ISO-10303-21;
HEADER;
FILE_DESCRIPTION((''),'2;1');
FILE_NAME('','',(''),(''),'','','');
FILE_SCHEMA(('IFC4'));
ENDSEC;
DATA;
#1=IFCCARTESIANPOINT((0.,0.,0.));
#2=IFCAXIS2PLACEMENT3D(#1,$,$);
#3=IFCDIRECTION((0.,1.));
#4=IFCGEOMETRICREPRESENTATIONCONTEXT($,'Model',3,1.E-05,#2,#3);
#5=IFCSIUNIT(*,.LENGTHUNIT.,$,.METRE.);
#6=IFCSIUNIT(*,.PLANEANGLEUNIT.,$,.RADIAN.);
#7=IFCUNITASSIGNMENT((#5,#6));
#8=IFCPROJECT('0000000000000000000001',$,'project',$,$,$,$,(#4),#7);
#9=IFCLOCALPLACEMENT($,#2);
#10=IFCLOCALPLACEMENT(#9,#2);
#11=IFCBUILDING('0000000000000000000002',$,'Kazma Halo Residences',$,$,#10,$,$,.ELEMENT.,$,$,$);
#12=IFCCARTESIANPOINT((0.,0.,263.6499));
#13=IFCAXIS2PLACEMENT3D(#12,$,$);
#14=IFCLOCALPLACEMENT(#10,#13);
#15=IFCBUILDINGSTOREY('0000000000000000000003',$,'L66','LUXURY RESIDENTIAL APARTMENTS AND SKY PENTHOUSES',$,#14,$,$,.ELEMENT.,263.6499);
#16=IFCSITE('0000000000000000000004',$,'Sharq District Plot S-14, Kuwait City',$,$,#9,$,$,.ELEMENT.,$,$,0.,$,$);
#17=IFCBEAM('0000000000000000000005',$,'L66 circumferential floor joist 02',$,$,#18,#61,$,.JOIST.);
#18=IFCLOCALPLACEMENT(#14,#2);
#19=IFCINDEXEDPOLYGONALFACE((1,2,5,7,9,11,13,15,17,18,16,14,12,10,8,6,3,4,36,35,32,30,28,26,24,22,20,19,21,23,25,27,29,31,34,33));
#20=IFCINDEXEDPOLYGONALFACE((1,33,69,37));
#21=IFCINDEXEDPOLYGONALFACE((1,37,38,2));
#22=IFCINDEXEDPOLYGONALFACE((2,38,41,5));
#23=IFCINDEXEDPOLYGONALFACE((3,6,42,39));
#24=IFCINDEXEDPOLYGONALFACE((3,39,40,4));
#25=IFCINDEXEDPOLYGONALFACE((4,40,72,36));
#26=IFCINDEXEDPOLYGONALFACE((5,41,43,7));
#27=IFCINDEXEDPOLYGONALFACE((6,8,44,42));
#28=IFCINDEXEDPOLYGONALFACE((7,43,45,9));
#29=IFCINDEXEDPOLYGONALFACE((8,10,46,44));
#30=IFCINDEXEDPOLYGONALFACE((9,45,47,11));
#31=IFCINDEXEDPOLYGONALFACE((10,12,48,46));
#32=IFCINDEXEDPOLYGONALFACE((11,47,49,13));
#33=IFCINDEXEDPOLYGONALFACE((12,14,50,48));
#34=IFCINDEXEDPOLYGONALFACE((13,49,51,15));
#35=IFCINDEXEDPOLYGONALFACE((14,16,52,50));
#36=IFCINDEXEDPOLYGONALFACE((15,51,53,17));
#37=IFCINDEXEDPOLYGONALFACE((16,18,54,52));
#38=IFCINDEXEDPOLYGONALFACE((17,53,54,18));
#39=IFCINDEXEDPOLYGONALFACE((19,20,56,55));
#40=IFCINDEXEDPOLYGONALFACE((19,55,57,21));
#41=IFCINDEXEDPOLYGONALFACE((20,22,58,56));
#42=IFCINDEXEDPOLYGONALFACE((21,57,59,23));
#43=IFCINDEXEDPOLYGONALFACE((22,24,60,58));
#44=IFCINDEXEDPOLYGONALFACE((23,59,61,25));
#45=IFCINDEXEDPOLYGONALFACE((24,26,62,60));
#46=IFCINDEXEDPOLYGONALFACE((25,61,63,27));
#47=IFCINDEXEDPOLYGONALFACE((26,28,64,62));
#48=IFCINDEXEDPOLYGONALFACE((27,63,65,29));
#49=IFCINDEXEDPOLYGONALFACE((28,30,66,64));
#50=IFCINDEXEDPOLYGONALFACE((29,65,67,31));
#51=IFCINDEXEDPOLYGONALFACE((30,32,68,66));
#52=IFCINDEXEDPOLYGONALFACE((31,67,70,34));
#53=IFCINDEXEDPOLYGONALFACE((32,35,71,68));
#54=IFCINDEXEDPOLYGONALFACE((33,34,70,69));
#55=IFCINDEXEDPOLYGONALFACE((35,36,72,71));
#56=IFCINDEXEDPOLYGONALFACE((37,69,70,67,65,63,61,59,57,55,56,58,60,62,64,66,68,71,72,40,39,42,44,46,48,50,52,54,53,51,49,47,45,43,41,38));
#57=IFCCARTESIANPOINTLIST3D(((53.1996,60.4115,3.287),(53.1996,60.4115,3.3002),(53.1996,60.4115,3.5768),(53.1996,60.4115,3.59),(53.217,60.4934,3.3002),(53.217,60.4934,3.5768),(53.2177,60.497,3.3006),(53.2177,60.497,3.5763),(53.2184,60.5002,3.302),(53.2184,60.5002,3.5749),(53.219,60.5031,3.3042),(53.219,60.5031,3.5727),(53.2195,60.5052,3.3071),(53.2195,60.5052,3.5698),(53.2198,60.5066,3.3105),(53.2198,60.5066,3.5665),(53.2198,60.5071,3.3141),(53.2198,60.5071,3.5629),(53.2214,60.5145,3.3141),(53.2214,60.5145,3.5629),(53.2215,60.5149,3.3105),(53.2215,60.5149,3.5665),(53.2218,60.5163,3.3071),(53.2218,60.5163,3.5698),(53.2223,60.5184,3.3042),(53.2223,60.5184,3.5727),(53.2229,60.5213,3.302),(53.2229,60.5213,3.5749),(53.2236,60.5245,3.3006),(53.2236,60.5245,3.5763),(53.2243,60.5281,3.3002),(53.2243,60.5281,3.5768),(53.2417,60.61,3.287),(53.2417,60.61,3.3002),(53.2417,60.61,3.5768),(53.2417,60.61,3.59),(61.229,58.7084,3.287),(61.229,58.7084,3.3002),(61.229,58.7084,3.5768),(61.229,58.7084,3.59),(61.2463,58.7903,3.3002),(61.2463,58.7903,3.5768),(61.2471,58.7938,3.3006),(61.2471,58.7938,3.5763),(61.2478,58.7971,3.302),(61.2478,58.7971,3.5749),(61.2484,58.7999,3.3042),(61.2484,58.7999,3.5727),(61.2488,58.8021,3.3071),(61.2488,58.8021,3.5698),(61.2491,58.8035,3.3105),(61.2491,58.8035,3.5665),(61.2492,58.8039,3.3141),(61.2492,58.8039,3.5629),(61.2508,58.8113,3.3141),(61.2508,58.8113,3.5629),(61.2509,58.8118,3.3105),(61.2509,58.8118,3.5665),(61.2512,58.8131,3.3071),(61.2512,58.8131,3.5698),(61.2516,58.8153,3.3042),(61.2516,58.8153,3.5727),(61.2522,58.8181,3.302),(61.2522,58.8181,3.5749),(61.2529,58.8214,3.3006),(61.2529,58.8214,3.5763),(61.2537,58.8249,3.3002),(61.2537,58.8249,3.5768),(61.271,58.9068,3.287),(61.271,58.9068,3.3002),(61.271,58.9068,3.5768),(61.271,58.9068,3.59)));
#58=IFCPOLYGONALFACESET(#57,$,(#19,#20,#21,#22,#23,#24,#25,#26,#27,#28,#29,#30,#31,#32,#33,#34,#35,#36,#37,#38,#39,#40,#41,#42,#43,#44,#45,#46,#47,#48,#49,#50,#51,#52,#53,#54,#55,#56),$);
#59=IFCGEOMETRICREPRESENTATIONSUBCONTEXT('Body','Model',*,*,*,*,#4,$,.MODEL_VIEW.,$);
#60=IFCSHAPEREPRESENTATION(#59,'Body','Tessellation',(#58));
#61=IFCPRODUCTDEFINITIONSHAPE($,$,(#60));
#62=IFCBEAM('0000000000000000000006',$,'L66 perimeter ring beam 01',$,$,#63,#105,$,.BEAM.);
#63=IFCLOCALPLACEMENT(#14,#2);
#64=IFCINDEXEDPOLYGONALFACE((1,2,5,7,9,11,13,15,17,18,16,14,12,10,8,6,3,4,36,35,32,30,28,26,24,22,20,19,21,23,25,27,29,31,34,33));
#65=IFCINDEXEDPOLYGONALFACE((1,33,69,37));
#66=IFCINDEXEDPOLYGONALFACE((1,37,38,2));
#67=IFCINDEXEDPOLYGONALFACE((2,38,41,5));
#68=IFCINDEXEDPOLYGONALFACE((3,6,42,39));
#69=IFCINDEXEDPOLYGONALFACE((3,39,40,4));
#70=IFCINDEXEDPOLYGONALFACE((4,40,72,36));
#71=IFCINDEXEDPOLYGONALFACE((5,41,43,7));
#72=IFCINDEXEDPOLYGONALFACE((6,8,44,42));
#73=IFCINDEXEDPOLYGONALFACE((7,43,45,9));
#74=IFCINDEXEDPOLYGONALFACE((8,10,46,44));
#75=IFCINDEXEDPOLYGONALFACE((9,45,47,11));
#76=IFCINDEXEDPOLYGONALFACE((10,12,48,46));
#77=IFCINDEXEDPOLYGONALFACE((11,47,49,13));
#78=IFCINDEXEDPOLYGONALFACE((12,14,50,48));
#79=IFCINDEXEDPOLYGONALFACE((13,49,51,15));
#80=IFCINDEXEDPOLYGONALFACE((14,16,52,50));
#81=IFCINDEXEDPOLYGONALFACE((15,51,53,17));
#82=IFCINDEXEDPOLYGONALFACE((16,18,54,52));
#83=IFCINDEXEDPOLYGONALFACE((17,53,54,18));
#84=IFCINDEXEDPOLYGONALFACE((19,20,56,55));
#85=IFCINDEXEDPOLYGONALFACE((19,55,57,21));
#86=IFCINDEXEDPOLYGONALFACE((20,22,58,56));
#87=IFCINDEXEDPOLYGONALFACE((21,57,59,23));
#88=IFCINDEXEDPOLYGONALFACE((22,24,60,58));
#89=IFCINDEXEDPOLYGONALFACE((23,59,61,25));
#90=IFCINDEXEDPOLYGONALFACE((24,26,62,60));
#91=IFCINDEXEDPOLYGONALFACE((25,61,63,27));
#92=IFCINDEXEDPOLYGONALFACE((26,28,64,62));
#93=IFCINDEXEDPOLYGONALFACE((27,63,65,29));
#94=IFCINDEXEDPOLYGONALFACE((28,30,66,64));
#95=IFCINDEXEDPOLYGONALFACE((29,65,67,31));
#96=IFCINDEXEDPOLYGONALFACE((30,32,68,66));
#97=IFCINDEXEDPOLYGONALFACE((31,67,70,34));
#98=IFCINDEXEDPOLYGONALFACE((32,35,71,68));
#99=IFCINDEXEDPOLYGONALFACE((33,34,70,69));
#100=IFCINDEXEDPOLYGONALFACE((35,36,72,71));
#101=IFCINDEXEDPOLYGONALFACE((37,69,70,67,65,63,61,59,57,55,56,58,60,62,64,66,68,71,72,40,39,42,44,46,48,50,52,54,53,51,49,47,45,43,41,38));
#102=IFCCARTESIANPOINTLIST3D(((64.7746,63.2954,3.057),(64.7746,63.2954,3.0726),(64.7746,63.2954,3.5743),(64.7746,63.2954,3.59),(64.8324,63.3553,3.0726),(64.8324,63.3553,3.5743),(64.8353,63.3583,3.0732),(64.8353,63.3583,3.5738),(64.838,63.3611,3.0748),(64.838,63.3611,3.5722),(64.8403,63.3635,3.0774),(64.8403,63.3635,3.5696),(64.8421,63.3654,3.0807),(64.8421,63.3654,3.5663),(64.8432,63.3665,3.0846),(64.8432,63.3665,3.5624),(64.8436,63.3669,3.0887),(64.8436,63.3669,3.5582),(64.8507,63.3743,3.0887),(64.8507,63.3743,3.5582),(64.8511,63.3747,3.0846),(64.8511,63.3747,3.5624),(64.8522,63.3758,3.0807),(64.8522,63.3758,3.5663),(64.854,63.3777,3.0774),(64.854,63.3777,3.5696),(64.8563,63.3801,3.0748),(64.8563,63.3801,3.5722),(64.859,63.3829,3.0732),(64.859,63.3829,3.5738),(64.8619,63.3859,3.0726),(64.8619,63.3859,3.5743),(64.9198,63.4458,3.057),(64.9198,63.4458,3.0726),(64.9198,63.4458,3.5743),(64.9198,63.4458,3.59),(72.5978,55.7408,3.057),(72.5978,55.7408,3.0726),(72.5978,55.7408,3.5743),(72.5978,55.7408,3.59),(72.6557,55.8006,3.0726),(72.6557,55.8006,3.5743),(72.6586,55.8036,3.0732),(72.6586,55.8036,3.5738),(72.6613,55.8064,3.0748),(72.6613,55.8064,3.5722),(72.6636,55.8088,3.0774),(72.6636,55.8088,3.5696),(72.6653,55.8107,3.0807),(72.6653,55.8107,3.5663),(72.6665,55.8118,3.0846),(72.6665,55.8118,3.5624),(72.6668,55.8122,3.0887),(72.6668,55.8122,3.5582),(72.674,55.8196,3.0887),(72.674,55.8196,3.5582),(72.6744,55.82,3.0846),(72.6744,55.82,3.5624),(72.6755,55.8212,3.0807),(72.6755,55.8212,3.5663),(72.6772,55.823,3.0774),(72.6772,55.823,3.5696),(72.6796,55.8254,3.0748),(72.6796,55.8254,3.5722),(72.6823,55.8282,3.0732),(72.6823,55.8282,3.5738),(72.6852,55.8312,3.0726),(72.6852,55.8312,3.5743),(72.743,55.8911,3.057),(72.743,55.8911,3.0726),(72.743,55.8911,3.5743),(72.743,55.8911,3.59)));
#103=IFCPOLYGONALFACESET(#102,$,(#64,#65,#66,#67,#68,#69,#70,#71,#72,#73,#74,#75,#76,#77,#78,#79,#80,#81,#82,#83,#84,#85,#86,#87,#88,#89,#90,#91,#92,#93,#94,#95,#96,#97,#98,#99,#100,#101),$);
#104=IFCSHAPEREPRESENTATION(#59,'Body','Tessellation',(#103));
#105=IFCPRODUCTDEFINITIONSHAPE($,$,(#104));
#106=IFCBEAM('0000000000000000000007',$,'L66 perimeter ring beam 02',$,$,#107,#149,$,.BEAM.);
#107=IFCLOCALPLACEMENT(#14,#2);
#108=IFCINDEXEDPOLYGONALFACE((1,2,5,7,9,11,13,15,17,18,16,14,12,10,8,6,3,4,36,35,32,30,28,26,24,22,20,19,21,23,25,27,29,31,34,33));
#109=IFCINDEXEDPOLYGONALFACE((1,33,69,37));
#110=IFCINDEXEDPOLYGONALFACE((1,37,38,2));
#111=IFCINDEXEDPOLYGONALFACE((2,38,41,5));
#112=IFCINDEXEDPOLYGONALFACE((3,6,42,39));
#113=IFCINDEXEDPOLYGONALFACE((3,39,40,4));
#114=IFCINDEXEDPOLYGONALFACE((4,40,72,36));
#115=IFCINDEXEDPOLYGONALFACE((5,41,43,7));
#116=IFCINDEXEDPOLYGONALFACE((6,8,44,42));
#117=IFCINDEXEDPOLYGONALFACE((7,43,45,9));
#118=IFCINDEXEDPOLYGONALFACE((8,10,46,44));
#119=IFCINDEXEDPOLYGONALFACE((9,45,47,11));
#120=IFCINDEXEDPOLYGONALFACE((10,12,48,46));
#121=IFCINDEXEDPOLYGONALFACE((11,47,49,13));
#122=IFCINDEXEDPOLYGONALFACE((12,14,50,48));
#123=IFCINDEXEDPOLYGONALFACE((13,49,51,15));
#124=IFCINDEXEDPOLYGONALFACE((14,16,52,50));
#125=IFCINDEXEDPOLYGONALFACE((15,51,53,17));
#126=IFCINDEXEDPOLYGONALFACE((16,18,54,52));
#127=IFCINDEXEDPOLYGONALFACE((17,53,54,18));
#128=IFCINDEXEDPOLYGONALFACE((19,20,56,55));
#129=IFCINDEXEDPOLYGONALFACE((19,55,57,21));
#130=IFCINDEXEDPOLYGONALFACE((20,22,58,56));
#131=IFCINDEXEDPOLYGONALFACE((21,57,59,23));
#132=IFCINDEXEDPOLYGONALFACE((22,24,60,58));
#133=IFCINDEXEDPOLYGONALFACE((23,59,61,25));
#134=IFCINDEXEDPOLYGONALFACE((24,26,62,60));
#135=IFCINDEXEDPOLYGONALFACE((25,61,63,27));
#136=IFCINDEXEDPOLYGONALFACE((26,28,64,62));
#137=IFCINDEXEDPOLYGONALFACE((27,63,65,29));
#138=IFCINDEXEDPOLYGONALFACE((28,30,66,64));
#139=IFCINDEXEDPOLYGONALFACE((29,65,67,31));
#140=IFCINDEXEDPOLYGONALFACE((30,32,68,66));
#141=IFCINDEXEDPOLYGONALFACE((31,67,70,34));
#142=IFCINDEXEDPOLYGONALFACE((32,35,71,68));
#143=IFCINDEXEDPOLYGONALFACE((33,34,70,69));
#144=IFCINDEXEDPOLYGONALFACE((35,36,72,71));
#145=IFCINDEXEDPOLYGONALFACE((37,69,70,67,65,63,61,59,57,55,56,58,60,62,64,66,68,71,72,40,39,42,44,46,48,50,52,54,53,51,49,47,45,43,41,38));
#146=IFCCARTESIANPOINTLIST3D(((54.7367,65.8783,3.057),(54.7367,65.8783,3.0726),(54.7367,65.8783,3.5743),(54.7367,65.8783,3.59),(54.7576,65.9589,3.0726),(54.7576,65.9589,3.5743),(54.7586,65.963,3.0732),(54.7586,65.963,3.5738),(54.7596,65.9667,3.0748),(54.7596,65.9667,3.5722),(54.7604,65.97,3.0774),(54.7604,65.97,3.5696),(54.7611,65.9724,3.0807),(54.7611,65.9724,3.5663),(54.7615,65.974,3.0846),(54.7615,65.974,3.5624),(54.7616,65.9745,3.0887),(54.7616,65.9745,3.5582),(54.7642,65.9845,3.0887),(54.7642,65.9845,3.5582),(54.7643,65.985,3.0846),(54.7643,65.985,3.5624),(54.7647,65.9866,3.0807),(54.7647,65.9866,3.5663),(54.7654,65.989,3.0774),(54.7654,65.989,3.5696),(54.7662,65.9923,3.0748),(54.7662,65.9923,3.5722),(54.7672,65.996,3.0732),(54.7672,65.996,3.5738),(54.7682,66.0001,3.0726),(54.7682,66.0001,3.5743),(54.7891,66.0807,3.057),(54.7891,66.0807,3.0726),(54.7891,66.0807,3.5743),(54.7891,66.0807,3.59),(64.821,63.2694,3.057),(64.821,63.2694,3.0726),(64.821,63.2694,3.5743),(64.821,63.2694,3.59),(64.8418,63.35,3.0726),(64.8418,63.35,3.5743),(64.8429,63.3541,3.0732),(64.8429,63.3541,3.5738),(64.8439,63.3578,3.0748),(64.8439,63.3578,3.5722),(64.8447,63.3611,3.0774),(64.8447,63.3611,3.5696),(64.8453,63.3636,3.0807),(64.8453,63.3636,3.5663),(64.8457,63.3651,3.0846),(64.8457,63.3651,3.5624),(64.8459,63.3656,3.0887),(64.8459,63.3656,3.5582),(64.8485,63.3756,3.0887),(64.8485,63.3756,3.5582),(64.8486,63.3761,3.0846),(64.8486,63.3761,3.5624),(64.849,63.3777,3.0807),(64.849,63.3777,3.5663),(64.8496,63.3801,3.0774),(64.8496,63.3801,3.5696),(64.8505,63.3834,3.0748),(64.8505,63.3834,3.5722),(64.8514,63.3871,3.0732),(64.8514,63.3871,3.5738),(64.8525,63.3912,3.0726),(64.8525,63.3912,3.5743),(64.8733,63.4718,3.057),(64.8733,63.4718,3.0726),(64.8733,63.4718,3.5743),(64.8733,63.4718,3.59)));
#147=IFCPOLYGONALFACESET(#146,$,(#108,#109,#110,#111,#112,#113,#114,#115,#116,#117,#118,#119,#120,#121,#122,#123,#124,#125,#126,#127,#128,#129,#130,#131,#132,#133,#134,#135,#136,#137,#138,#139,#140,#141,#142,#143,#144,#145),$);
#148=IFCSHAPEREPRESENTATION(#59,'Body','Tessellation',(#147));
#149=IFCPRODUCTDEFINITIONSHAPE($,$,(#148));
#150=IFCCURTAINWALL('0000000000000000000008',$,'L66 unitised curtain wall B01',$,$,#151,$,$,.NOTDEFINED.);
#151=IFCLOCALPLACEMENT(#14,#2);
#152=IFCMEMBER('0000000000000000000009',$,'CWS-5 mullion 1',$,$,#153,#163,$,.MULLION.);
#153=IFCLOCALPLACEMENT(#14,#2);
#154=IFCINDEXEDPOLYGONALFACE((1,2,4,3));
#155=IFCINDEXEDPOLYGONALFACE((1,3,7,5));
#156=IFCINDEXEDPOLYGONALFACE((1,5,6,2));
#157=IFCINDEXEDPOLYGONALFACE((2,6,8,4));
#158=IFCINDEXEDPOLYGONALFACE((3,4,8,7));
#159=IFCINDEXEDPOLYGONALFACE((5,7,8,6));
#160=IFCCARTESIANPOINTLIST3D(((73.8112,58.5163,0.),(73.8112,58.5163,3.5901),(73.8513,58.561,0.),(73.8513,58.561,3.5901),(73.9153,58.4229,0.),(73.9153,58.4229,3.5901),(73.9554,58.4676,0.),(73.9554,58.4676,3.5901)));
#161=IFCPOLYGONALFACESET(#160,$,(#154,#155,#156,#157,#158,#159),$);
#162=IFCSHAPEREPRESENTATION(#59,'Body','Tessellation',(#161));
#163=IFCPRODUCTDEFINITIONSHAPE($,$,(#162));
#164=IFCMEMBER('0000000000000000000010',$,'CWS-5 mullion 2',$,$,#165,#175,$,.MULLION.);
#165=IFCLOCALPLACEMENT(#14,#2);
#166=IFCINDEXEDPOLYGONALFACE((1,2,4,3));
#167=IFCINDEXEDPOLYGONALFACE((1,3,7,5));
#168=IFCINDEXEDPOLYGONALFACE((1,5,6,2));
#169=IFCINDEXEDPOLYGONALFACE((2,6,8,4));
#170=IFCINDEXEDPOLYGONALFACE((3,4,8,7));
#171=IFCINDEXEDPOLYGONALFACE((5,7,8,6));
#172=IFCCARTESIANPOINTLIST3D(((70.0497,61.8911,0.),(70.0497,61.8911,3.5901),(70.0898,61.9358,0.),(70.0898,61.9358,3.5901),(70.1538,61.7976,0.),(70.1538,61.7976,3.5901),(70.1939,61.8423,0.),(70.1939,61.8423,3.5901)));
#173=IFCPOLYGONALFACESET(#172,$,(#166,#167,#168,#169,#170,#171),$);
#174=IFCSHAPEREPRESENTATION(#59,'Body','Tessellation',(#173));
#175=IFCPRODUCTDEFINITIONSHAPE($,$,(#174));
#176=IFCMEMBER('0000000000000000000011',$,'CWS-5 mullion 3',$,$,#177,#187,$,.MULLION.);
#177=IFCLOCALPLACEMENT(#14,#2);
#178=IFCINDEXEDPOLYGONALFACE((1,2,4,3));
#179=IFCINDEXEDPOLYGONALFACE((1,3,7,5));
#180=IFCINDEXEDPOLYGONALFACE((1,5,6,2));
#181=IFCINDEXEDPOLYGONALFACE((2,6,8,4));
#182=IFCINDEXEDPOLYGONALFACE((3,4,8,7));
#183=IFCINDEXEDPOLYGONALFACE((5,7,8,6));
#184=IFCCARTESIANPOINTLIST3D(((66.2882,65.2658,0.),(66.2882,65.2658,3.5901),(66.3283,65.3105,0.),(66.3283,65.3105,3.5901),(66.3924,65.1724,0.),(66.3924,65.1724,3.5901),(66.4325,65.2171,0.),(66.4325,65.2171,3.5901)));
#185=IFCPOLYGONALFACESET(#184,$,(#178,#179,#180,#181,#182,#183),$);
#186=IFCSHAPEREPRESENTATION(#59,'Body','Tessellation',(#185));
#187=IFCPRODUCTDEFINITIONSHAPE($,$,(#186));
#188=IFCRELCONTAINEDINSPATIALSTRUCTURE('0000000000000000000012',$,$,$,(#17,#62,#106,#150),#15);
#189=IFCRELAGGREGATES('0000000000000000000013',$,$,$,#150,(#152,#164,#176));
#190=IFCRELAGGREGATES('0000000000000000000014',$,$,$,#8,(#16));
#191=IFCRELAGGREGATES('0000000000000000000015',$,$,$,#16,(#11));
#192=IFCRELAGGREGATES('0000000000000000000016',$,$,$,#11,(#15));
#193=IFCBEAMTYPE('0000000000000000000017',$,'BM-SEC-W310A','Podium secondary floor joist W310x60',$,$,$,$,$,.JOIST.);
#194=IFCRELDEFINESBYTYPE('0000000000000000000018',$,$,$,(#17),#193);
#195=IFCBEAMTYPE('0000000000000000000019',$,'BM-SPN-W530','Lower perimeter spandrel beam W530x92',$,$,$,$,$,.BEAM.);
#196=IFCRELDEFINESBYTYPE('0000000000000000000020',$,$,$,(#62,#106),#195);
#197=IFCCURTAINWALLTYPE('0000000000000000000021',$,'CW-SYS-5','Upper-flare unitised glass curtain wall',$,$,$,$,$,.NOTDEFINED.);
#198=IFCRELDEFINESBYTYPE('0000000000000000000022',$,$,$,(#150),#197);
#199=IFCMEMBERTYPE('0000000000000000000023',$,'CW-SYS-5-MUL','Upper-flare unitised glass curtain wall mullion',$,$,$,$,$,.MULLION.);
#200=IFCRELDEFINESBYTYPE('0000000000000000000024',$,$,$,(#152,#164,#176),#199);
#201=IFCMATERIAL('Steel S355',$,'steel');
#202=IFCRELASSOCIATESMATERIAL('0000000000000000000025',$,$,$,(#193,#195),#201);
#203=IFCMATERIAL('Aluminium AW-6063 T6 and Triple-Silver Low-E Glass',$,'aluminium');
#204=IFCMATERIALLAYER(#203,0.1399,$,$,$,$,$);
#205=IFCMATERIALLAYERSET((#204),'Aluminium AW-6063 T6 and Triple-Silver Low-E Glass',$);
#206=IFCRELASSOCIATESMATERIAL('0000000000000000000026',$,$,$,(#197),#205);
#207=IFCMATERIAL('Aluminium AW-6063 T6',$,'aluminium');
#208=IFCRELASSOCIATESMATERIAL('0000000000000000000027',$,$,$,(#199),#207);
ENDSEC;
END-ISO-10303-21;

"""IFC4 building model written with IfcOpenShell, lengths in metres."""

from ifc_helpers import new_model, si_unit, direction, frame, origin, origin_2d, place, context, subcontext, project, spatial, rectangle, i_section, extrude, material, layer, layer_set, material_profile, profile_set, type_object, element, aggregate, save


model = new_model("IFC4")

# Units and contexts
model_context = context("Model", 3, precision=1e-05, world=origin(), true_north=direction((0.0, 1.0)))
body_context = subcontext(model_context, "Body", "Model", "MODEL_VIEW")
ifc_project = project(units=[si_unit("LENGTHUNIT", "METRE"), si_unit("PLANEANGLEUNIT", "RADIAN")], contexts=[model_context])

# Site, building, storey
site_placement = place(None, origin())
site = spatial("IfcSite", under=ifc_project, at=site_placement, Name="Sharq District Plot S-14, Kuwait City", CompositionType="ELEMENT", RefElevation=0.0)
building_placement = place(site_placement, origin())
building = spatial("IfcBuilding", under=site, at=building_placement, Name="Kazma Halo Residences", CompositionType="ELEMENT")
storey_placement = place(building_placement, frame((0.0, 0.0, 263.6499)))
storey = spatial("IfcBuildingStorey", under=building, at=storey_placement, Name="L66", Description="LUXURY RESIDENTIAL APARTMENTS AND SKY PENTHOUSES", CompositionType="ELEMENT", Elevation=263.6499)

# Beams
ifc_material_1 = material(Name="Steel S355", Category="steel")
ifc_material_profile_1 = material_profile(ifc_material_1, i_section(OverallWidth=0.2029, OverallDepth=0.303, WebThickness=0.0076, FlangeThickness=0.0132, FilletRadius=0.0139, at=origin_2d()), Name="W310x60")
ifc_profile_set_1 = profile_set([ifc_material_profile_1], Name="Steel S355")
beam_type_1 = type_object("IfcBeamType", Name="BM-SEC-W310A", Description="Podium secondary floor joist W310x60", PredefinedType="JOIST", material=ifc_profile_set_1)
beam_1_placement = place(storey_placement, frame((61.25, 58.8076, 3.4385), z_axis=(-0.978236, 0.207497, 0.0), x_axis=(-0.207497, -0.978236, 0.0)))
element("IfcBeam", 1, at=beam_1_placement, inside=storey, type_object=beam_type_1, Name="L66 circumferential floor joist 02", PredefinedType="JOIST", context=body_context, shape_type="SweptSolid", body=[
    extrude(i_section(OverallWidth=0.2029, OverallDepth=0.303, WebThickness=0.0076, FlangeThickness=0.0132, FilletRadius=0.0139, at=origin_2d()), origin(), (0.0, 0.0, 1.0), 8.208),
])
ifc_material_profile_2 = material_profile(ifc_material_1, i_section(OverallWidth=0.209, OverallDepth=0.533, WebThickness=0.0103, FlangeThickness=0.0156, FilletRadius=0.0161, at=origin_2d()), Name="W530x92")
ifc_profile_set_2 = profile_set([ifc_material_profile_2], Name="Steel S355")
beam_type_2 = type_object("IfcBeamType", Name="BM-SPN-W530", Description="Lower perimeter spandrel beam W530x92", PredefinedType="BEAM", material=ifc_profile_set_2)
beam_2_placement = place(storey_placement, frame((72.6704, 55.8159, 3.3235), z_axis=(-0.719346, 0.694652, 0.0), x_axis=(-0.694652, -0.719346, 0.0)))
element("IfcBeam", 2, at=beam_2_placement, inside=storey, type_object=beam_type_2, Name="L66 perimeter ring beam 01", PredefinedType="BEAM", context=body_context, shape_type="SweptSolid", body=[
    extrude(i_section(OverallWidth=0.209, OverallDepth=0.533, WebThickness=0.0103, FlangeThickness=0.0156, FilletRadius=0.0161, at=origin_2d()), origin(), (0.0, 0.0, 1.0), 10.8755),
])
beam_3_placement = place(storey_placement, frame((64.8472, 63.3706, 3.3235), z_axis=(-0.968126, 0.250464, 0.0), x_axis=(-0.250464, -0.968126, 0.0)))
element("IfcBeam", 3, at=beam_3_placement, inside=storey, type_object=beam_type_2, Name="L66 perimeter ring beam 02", PredefinedType="BEAM", context=body_context, shape_type="SweptSolid", body=[
    extrude(i_section(OverallWidth=0.209, OverallDepth=0.533, WebThickness=0.0103, FlangeThickness=0.0156, FilletRadius=0.0161, at=origin_2d()), origin(), (0.0, 0.0, 1.0), 10.4163),
])

# Curtain wall, members
ifc_material_2 = material(Name="Aluminium AW-6063 T6 and Triple-Silver Low-E Glass", Category="aluminium")
ifc_layer_1 = layer(ifc_material_2, 0.1399)
ifc_layer_set_1 = layer_set([ifc_layer_1], Name="Aluminium AW-6063 T6 and Triple-Silver Low-E Glass")
curtain_wall_type = type_object("IfcCurtainWallType", Name="CW-SYS-5", Description="Upper-flare unitised glass curtain wall", PredefinedType="NOTDEFINED", material=ifc_layer_set_1)
curtain_wall_1_placement = place(storey_placement, origin())
curtain_wall_1 = element("IfcCurtainWall", 4, at=curtain_wall_1_placement, inside=storey, type_object=curtain_wall_type, Name="L66 unitised curtain wall B01", PredefinedType="NOTDEFINED")
ifc_material_3 = material(Name="Aluminium AW-6063 T6", Category="aluminium")
ifc_material_profile_3 = material_profile(ifc_material_3, rectangle(XDim=0.0601, YDim=0.1399, at=origin_2d()), Name="CWM-60x140")
ifc_profile_set_3 = profile_set([ifc_material_profile_3], Name="Aluminium AW-6063 T6")
member_type_1 = type_object("IfcMemberType", Name="CW-SYS-5-MUL", Description="Upper-flare unitised glass curtain wall mullion", PredefinedType="MULLION", material=ifc_profile_set_3)
member_1_placement = place(storey_placement, frame((73.8833, 58.4919, 0.0), z_axis=(0.0, 0.0, 1.0), x_axis=(-0.667805, -0.744336, 0.0)))
member_1 = element("IfcMember", 5, at=member_1_placement, type_object=member_type_1, Name="CWS-5 mullion 1", PredefinedType="MULLION", context=body_context, shape_type="SweptSolid", body=[
    extrude(rectangle(XDim=0.0601, YDim=0.1399, at=origin_2d()), origin(), (0.0, 0.0, 1.0), 3.5901),
])
member_2_placement = place(storey_placement, frame((70.1218, 61.8667, 0.0), z_axis=(0.0, 0.0, 1.0), x_axis=(-0.667805, -0.744336, 0.0)))
member_2 = element("IfcMember", 6, at=member_2_placement, type_object=member_type_1, Name="CWS-5 mullion 2", PredefinedType="MULLION", context=body_context, shape_type="SweptSolid", body=[
    extrude(rectangle(XDim=0.0601, YDim=0.1399, at=origin_2d()), origin(), (0.0, 0.0, 1.0), 3.5901),
])
member_3_placement = place(storey_placement, frame((66.3604, 65.2415, 0.0), z_axis=(0.0, 0.0, 1.0), x_axis=(-0.667805, -0.744336, 0.0)))
member_3 = element("IfcMember", 7, at=member_3_placement, type_object=member_type_1, Name="CWS-5 mullion 3", PredefinedType="MULLION", context=body_context, shape_type="SweptSolid", body=[
    extrude(rectangle(XDim=0.0601, YDim=0.1399, at=origin_2d()), origin(), (0.0, 0.0, 1.0), 3.5901),
])

aggregate(curtain_wall_1, [member_1, member_2, member_3])

save(model, "model.ifc")
